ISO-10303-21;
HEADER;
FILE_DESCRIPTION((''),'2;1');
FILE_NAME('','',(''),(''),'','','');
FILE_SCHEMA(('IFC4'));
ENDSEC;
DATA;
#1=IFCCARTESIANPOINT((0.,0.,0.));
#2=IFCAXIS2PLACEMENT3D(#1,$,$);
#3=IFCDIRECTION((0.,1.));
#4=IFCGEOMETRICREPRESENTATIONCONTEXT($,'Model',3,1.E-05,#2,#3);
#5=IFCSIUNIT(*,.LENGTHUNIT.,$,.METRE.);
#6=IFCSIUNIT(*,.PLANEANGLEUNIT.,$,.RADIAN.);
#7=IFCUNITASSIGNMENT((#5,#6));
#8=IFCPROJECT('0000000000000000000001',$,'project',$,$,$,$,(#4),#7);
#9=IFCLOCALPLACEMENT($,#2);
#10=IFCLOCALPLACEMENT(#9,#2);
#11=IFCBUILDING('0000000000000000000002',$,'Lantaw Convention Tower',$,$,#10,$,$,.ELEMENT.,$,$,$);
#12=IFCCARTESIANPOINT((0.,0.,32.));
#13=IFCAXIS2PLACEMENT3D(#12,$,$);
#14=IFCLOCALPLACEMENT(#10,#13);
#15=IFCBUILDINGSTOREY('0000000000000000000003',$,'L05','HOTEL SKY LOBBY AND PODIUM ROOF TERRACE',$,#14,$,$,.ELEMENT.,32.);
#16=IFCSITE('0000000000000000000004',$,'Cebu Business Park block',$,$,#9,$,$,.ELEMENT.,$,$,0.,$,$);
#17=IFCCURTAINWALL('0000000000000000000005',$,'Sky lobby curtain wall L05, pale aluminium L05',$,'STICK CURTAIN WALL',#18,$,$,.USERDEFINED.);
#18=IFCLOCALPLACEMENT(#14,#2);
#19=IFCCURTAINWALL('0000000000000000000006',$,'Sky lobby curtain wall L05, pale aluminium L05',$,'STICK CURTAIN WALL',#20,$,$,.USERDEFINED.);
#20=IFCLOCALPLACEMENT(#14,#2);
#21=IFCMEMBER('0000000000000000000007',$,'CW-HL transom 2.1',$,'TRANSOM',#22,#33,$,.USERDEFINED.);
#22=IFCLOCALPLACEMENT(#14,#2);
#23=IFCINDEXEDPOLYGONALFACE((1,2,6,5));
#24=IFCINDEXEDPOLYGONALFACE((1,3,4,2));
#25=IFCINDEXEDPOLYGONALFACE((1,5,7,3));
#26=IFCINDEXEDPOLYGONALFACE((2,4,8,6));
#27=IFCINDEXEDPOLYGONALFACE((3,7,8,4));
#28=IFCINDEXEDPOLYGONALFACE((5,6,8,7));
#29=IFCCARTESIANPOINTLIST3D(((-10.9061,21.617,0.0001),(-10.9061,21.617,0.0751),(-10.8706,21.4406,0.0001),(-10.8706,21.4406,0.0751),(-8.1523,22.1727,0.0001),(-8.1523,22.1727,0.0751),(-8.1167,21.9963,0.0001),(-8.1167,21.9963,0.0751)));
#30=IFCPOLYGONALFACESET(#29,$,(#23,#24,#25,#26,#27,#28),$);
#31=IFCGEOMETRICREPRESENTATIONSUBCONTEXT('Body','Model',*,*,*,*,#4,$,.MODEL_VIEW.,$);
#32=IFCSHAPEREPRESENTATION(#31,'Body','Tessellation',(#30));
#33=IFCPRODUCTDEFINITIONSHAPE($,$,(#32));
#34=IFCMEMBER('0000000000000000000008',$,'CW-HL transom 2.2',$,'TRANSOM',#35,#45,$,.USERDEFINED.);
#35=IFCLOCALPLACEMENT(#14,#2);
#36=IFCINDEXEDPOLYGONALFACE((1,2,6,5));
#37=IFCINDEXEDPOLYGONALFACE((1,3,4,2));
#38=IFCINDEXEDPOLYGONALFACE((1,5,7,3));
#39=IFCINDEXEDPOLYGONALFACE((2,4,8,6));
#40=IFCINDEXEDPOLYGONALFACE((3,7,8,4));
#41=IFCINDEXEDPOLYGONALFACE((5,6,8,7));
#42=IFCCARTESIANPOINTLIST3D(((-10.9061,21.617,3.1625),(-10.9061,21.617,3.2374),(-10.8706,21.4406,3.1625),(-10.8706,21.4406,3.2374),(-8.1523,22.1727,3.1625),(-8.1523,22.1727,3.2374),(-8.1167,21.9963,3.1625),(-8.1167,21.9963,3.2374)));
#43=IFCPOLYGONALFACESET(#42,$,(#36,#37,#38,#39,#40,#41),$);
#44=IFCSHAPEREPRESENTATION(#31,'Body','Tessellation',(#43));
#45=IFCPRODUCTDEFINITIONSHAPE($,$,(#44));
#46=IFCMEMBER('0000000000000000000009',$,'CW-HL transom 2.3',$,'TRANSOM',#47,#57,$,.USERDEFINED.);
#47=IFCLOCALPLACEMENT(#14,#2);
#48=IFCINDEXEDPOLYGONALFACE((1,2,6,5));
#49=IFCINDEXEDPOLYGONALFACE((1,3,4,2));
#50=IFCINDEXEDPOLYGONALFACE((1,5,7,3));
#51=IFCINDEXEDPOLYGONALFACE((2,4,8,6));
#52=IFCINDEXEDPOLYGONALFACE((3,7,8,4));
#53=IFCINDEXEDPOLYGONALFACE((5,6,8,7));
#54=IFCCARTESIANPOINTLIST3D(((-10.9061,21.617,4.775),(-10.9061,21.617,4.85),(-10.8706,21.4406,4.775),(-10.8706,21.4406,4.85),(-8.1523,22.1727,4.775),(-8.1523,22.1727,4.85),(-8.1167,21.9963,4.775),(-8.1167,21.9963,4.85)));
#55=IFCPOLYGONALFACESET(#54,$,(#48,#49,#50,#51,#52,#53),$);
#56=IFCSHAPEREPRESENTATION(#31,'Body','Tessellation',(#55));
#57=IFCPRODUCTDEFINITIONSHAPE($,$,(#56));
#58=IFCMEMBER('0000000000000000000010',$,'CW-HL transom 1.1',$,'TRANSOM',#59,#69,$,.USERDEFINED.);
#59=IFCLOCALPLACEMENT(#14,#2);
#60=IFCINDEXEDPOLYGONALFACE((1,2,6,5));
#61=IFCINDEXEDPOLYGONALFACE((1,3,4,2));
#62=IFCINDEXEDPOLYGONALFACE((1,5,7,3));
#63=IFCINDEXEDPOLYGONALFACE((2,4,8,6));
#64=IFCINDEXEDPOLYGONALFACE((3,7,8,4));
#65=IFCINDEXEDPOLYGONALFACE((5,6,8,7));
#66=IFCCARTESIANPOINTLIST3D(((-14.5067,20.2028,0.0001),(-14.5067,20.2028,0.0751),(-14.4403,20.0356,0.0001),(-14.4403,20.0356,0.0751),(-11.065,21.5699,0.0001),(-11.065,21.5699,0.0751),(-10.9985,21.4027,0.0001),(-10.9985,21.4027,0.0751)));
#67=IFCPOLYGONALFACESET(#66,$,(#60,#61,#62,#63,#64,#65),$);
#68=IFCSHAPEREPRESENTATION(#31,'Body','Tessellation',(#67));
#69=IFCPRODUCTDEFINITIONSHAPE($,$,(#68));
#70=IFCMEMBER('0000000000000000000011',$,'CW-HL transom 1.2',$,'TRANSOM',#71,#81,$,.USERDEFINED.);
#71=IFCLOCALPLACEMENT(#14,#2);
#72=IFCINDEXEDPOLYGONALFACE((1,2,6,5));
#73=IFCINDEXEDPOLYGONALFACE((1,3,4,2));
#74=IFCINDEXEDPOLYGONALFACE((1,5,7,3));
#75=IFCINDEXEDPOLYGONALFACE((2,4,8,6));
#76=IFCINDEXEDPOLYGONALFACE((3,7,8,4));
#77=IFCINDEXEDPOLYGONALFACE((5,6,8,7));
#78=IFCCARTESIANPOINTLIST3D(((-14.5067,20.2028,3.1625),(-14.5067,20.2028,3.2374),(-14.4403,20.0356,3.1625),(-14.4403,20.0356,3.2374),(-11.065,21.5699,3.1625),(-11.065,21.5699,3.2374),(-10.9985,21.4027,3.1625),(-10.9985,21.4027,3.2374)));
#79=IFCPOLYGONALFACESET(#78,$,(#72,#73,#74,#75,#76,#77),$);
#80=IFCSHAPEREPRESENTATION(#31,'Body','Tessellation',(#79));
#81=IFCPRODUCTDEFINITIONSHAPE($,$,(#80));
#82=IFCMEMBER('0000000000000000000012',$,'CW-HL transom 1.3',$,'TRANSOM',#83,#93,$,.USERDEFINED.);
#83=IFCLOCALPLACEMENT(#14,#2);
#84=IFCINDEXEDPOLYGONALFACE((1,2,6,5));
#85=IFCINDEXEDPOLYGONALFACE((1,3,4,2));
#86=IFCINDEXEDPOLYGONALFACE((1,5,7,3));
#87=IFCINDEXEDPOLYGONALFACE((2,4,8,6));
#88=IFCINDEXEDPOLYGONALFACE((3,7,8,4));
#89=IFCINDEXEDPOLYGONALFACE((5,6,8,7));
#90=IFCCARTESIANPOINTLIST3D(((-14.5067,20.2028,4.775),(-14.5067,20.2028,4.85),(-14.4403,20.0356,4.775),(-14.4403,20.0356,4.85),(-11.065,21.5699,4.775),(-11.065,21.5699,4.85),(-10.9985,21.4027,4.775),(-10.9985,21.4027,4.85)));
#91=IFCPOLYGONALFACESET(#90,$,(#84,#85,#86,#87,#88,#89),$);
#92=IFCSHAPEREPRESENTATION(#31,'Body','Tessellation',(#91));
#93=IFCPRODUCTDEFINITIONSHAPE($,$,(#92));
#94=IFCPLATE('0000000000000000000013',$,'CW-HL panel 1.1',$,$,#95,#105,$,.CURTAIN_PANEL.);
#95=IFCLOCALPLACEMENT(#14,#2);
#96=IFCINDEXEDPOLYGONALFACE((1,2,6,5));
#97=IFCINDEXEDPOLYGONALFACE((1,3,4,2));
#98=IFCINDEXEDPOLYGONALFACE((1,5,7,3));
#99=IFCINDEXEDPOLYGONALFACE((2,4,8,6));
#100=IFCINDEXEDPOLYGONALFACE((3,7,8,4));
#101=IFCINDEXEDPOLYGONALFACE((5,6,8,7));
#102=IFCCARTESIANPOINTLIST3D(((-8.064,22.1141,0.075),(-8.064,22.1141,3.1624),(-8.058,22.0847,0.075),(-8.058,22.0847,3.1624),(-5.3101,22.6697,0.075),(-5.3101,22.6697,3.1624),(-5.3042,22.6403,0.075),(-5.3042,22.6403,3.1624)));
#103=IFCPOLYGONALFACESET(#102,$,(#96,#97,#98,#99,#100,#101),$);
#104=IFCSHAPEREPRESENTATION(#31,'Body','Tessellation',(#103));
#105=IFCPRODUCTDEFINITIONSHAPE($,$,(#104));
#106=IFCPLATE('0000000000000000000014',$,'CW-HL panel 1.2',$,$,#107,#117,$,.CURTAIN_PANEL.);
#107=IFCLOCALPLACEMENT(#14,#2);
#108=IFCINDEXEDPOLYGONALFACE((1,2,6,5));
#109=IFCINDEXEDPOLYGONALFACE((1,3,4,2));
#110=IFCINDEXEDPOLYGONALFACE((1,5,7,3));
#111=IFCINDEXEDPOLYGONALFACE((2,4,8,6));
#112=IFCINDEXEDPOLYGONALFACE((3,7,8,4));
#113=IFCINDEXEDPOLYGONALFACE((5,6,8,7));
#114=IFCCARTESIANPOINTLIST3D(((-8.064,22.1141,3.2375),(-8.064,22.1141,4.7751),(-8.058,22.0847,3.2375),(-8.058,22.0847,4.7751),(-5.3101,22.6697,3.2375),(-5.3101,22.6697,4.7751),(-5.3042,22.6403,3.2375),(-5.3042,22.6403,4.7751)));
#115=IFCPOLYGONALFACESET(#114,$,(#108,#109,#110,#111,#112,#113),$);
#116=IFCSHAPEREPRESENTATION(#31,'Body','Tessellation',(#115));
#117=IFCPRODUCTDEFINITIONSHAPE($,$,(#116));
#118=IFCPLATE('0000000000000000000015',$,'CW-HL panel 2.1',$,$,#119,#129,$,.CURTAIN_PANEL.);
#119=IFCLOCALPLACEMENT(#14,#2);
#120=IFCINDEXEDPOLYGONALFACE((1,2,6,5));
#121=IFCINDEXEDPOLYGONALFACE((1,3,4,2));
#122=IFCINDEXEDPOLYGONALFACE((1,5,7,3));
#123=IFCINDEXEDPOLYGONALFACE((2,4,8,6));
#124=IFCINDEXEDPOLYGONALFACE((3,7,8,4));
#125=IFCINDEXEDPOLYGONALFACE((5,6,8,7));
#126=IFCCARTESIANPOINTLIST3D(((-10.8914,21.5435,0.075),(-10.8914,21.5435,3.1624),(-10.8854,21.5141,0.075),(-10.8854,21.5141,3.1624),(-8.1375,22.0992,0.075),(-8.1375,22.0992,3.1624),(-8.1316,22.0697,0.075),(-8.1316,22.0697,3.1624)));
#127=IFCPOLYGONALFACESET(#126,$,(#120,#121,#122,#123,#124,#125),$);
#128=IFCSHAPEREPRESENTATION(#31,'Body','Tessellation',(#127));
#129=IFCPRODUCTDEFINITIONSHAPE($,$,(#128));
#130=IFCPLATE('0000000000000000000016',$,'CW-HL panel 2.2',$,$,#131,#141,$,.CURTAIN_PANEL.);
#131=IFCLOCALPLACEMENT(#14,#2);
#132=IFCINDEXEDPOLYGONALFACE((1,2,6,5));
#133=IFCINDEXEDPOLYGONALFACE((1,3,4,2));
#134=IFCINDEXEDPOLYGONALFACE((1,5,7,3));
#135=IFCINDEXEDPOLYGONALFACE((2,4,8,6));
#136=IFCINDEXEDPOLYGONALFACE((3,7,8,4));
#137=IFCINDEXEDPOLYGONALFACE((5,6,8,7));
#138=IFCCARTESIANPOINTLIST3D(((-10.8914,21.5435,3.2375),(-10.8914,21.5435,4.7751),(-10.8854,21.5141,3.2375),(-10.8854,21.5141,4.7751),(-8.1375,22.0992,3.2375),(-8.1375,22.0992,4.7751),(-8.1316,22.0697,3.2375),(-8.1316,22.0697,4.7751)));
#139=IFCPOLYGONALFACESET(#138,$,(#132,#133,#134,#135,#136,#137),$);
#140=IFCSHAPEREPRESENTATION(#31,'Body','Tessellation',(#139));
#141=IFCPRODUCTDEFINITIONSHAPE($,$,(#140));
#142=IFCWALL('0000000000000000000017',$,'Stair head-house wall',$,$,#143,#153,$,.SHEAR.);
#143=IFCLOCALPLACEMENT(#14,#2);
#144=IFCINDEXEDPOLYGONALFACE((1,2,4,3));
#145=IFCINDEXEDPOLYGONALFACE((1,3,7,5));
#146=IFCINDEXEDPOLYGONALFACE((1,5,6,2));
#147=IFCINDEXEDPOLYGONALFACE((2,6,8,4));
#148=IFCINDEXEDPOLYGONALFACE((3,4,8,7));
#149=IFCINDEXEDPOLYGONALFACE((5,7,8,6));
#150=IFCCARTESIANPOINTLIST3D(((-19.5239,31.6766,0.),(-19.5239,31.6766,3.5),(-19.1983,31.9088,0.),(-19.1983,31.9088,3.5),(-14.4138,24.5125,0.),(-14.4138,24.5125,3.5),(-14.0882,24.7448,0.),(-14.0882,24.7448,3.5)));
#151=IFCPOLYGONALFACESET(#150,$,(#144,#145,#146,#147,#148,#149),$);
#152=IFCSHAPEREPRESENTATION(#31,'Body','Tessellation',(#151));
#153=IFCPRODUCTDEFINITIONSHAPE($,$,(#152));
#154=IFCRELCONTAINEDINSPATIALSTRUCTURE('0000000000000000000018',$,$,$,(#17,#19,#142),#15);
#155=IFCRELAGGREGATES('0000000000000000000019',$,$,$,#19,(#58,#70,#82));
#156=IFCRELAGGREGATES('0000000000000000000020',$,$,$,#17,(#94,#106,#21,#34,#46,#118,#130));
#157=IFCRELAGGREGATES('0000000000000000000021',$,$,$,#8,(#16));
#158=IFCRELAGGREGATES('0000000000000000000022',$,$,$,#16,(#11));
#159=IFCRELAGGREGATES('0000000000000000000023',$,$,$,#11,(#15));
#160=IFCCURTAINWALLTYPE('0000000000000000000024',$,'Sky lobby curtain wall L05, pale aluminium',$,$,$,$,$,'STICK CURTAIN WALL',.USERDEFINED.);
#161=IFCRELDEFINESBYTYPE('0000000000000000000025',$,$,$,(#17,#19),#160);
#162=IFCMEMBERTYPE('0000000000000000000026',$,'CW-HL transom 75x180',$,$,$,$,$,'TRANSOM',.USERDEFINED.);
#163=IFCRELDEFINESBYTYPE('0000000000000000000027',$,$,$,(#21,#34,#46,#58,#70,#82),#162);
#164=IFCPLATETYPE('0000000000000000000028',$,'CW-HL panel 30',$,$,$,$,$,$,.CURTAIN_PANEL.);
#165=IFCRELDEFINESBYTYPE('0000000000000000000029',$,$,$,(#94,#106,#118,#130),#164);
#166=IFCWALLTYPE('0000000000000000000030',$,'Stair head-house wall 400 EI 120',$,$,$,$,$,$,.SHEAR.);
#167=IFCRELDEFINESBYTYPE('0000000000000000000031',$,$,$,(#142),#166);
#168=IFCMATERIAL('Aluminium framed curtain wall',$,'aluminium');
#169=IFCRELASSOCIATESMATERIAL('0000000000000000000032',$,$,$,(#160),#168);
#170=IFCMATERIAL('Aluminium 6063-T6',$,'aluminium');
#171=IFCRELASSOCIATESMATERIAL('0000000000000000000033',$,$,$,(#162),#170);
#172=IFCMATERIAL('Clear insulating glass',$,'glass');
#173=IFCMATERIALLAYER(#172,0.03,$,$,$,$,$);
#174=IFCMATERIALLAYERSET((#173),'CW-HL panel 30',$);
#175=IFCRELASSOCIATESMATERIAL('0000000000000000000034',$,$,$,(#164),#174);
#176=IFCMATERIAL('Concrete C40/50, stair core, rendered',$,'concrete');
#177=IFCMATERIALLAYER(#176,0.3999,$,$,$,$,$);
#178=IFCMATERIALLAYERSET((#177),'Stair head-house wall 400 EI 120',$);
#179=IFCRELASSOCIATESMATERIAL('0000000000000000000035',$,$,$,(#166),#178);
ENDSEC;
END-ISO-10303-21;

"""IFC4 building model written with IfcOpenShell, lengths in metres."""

from ifc_helpers import new_model, si_unit, direction, frame, frame_2d, origin, origin_2d, place, context, subcontext, project, spatial, rectangle, extrude, material, layer, layer_set, material_profile, profile_set, type_object, element, aggregate, save


model = new_model("IFC4")

# Units and contexts
model_context = context("Model", 3, precision=1e-05, world=origin(), true_north=direction((0.0, 1.0)))
body_context = subcontext(model_context, "Body", "Model", "MODEL_VIEW")
ifc_project = project(units=[si_unit("LENGTHUNIT", "METRE"), si_unit("PLANEANGLEUNIT", "RADIAN")], contexts=[model_context])

# Site, building, storey
site_placement = place(None, origin())
site = spatial("IfcSite", under=ifc_project, at=site_placement, Name="Cebu Business Park block", CompositionType="ELEMENT", RefElevation=0.0)
building_placement = place(site_placement, origin())
building = spatial("IfcBuilding", under=site, at=building_placement, Name="Lantaw Convention Tower", CompositionType="ELEMENT")
storey_placement = place(building_placement, frame((0.0, 0.0, 32.0)))
storey = spatial("IfcBuildingStorey", under=building, at=storey_placement, Name="L05", Description="HOTEL SKY LOBBY AND PODIUM ROOF TERRACE", CompositionType="ELEMENT", Elevation=32.0)

# Curtain wall
ifc_material_1 = material(Name="Aluminium framed curtain wall", Category="aluminium")
curtain_wall_type = type_object("IfcCurtainWallType", Name="Sky lobby curtain wall L05, pale aluminium", ElementType="STICK CURTAIN WALL", PredefinedType="USERDEFINED", material=ifc_material_1)
curtain_wall_1_placement = place(storey_placement, origin())
curtain_wall_1 = element("IfcCurtainWall", 1, at=curtain_wall_1_placement, inside=storey, type_object=curtain_wall_type, Name="Sky lobby curtain wall L05, pale aluminium L05", ObjectType="STICK CURTAIN WALL", PredefinedType="USERDEFINED")
ifc_material_2 = material(Name="Aluminium 6063-T6", Category="aluminium")

# Curtain wall
curtain_wall_2_placement = place(storey_placement, origin())
curtain_wall_2 = element("IfcCurtainWall", 2, at=curtain_wall_2_placement, inside=storey, type_object=curtain_wall_type, Name="Sky lobby curtain wall L05, pale aluminium L05", ObjectType="STICK CURTAIN WALL", PredefinedType="USERDEFINED")

# Members
ifc_material_profile_1 = material_profile(ifc_material_2, rectangle(XDim=0.1799, YDim=0.075, at=origin_2d()), Name="CW-HL transom 75x180")
ifc_profile_set_1 = profile_set([ifc_material_profile_1], Name="Aluminium 6063-T6")
member_type_1 = type_object("IfcMemberType", Name="CW-HL transom 75x180", ElementType="TRANSOM", PredefinedType="USERDEFINED", material=ifc_profile_set_1)
member_1_placement = place(storey_placement, frame((-8.1345, 22.0845, 0.0376), z_axis=(-0.980245, -0.197787, 0.0), x_axis=(0.197787, -0.980245, 0.0)))
member_1 = element("IfcMember", 3, at=member_1_placement, type_object=member_type_1, Name="CW-HL transom 2.1", ObjectType="TRANSOM", PredefinedType="USERDEFINED", context=body_context, shape_type="SweptSolid", body=[
    extrude(rectangle(XDim=0.1799, YDim=0.075, at=origin_2d()), origin(), (0.0, 0.0, 1.0), 2.8093),
])
member_2_placement = place(storey_placement, frame((-8.1345, 22.0845, 3.2), z_axis=(-0.980245, -0.197787, 0.0), x_axis=(0.197787, -0.980245, 0.0)))
member_2 = element("IfcMember", 4, at=member_2_placement, type_object=member_type_1, Name="CW-HL transom 2.2", ObjectType="TRANSOM", PredefinedType="USERDEFINED", context=body_context, shape_type="SweptSolid", body=[
    extrude(rectangle(XDim=0.1799, YDim=0.075, at=origin_2d()), origin(), (0.0, 0.0, 1.0), 2.8093),
])
member_3_placement = place(storey_placement, frame((-8.1345, 22.0845, 4.8125), z_axis=(-0.980245, -0.197787, 0.0), x_axis=(0.197787, -0.980245, 0.0)))
member_3 = element("IfcMember", 5, at=member_3_placement, type_object=member_type_1, Name="CW-HL transom 2.3", ObjectType="TRANSOM", PredefinedType="USERDEFINED", context=body_context, shape_type="SweptSolid", body=[
    extrude(rectangle(XDim=0.1799, YDim=0.075, at=origin_2d()), origin(), (0.0, 0.0, 1.0), 2.8093),
])
member_4_placement = place(storey_placement, frame((-11.0317, 21.4863, 0.0376), z_axis=(-0.929365, -0.369162, 0.0), x_axis=(0.369162, -0.929365, 0.0)))
member_4 = element("IfcMember", 6, at=member_4_placement, type_object=member_type_1, Name="CW-HL transom 1.1", ObjectType="TRANSOM", PredefinedType="USERDEFINED", context=body_context, shape_type="SweptSolid", body=[
    extrude(rectangle(XDim=0.1799, YDim=0.075, at=origin_2d()), origin(), (0.0, 0.0, 1.0), 3.7034),
])
member_5_placement = place(storey_placement, frame((-11.0317, 21.4863, 3.2), z_axis=(-0.929365, -0.369162, 0.0), x_axis=(0.369162, -0.929365, 0.0)))
member_5 = element("IfcMember", 7, at=member_5_placement, type_object=member_type_1, Name="CW-HL transom 1.2", ObjectType="TRANSOM", PredefinedType="USERDEFINED", context=body_context, shape_type="SweptSolid", body=[
    extrude(rectangle(XDim=0.1799, YDim=0.075, at=origin_2d()), origin(), (0.0, 0.0, 1.0), 3.7034),
])
member_6_placement = place(storey_placement, frame((-11.0317, 21.4863, 4.8125), z_axis=(-0.929365, -0.369162, 0.0), x_axis=(0.369162, -0.929365, 0.0)))
member_6 = element("IfcMember", 8, at=member_6_placement, type_object=member_type_1, Name="CW-HL transom 1.3", ObjectType="TRANSOM", PredefinedType="USERDEFINED", context=body_context, shape_type="SweptSolid", body=[
    extrude(rectangle(XDim=0.1799, YDim=0.075, at=origin_2d()), origin(), (0.0, 0.0, 1.0), 3.7034),
])
aggregate(curtain_wall_2, [member_4, member_5, member_6])

# Plates
ifc_material_3 = material(Name="Clear insulating glass", Category="glass")
ifc_layer_1 = layer(ifc_material_3, 0.03)
ifc_layer_set_1 = layer_set([ifc_layer_1], Name="CW-HL panel 30")
plate_type = type_object("IfcPlateType", Name="CW-HL panel 30", PredefinedType="CURTAIN_PANEL", material=ifc_layer_set_1)
plate_1_placement = place(storey_placement, frame((-6.6841, 22.3772, 0.075), z_axis=(0.0, 0.0, 1.0), x_axis=(-0.980245, -0.197789, 0.0)))
plate_1 = element("IfcPlate", 9, at=plate_1_placement, type_object=plate_type, Name="CW-HL panel 1.1", PredefinedType="CURTAIN_PANEL", context=body_context, shape_type="SweptSolid", body=[
    extrude(rectangle(XDim=2.8093, YDim=0.03, at=origin_2d()), origin(), (0.0, 0.0, 1.0), 3.0874),
])
plate_2_placement = place(storey_placement, frame((-6.6841, 22.3772, 3.2375), z_axis=(0.0, 0.0, 1.0), x_axis=(-0.980245, -0.197789, 0.0)))
plate_2 = element("IfcPlate", 10, at=plate_2_placement, type_object=plate_type, Name="CW-HL panel 1.2", PredefinedType="CURTAIN_PANEL", context=body_context, shape_type="SweptSolid", body=[
    extrude(rectangle(XDim=2.8093, YDim=0.03, at=origin_2d()), origin(), (0.0, 0.0, 1.0), 1.5376),
])
plate_3_placement = place(storey_placement, frame((-9.5115, 21.8066, 0.075), z_axis=(0.0, 0.0, 1.0), x_axis=(-0.980245, -0.197789, 0.0)))
plate_3 = element("IfcPlate", 11, at=plate_3_placement, type_object=plate_type, Name="CW-HL panel 2.1", PredefinedType="CURTAIN_PANEL", context=body_context, shape_type="SweptSolid", body=[
    extrude(rectangle(XDim=2.8093, YDim=0.03, at=origin_2d()), origin(), (0.0, 0.0, 1.0), 3.0874),
])
plate_4_placement = place(storey_placement, frame((-9.5115, 21.8066, 3.2375), z_axis=(0.0, 0.0, 1.0), x_axis=(-0.980245, -0.197789, 0.0)))
plate_4 = element("IfcPlate", 12, at=plate_4_placement, type_object=plate_type, Name="CW-HL panel 2.2", PredefinedType="CURTAIN_PANEL", context=body_context, shape_type="SweptSolid", body=[
    extrude(rectangle(XDim=2.8093, YDim=0.03, at=origin_2d()), origin(), (0.0, 0.0, 1.0), 1.5376),
])
aggregate(curtain_wall_1, [plate_1, plate_2, member_1, member_2, member_3, plate_3, plate_4])

# Wall
ifc_material_4 = material(Name="Concrete C40/50, stair core, rendered", Category="concrete")
ifc_layer_2 = layer(ifc_material_4, 0.3999)
ifc_layer_set_2 = layer_set([ifc_layer_2], Name="Stair head-house wall 400 EI 120")
wall_type = type_object("IfcWallType", Name="Stair head-house wall 400 EI 120", PredefinedType="SHEAR", material=ifc_layer_set_2)
wall_placement = place(storey_placement, frame((-14.251, 24.6287, 0.0), z_axis=(0.0, 0.0, 1.0), x_axis=(-0.580705, 0.814114, 0.0)))
element("IfcWall", 13, at=wall_placement, inside=storey, type_object=wall_type, Name="Stair head-house wall", PredefinedType="SHEAR", context=body_context, shape_type="SweptSolid", body=[
    extrude(rectangle(XDim=8.7998, YDim=0.3999, at=frame_2d((4.3999, 0.0))), origin(), (0.0, 0.0, 1.0), 3.5),
])

save(model, "model.ifc")
